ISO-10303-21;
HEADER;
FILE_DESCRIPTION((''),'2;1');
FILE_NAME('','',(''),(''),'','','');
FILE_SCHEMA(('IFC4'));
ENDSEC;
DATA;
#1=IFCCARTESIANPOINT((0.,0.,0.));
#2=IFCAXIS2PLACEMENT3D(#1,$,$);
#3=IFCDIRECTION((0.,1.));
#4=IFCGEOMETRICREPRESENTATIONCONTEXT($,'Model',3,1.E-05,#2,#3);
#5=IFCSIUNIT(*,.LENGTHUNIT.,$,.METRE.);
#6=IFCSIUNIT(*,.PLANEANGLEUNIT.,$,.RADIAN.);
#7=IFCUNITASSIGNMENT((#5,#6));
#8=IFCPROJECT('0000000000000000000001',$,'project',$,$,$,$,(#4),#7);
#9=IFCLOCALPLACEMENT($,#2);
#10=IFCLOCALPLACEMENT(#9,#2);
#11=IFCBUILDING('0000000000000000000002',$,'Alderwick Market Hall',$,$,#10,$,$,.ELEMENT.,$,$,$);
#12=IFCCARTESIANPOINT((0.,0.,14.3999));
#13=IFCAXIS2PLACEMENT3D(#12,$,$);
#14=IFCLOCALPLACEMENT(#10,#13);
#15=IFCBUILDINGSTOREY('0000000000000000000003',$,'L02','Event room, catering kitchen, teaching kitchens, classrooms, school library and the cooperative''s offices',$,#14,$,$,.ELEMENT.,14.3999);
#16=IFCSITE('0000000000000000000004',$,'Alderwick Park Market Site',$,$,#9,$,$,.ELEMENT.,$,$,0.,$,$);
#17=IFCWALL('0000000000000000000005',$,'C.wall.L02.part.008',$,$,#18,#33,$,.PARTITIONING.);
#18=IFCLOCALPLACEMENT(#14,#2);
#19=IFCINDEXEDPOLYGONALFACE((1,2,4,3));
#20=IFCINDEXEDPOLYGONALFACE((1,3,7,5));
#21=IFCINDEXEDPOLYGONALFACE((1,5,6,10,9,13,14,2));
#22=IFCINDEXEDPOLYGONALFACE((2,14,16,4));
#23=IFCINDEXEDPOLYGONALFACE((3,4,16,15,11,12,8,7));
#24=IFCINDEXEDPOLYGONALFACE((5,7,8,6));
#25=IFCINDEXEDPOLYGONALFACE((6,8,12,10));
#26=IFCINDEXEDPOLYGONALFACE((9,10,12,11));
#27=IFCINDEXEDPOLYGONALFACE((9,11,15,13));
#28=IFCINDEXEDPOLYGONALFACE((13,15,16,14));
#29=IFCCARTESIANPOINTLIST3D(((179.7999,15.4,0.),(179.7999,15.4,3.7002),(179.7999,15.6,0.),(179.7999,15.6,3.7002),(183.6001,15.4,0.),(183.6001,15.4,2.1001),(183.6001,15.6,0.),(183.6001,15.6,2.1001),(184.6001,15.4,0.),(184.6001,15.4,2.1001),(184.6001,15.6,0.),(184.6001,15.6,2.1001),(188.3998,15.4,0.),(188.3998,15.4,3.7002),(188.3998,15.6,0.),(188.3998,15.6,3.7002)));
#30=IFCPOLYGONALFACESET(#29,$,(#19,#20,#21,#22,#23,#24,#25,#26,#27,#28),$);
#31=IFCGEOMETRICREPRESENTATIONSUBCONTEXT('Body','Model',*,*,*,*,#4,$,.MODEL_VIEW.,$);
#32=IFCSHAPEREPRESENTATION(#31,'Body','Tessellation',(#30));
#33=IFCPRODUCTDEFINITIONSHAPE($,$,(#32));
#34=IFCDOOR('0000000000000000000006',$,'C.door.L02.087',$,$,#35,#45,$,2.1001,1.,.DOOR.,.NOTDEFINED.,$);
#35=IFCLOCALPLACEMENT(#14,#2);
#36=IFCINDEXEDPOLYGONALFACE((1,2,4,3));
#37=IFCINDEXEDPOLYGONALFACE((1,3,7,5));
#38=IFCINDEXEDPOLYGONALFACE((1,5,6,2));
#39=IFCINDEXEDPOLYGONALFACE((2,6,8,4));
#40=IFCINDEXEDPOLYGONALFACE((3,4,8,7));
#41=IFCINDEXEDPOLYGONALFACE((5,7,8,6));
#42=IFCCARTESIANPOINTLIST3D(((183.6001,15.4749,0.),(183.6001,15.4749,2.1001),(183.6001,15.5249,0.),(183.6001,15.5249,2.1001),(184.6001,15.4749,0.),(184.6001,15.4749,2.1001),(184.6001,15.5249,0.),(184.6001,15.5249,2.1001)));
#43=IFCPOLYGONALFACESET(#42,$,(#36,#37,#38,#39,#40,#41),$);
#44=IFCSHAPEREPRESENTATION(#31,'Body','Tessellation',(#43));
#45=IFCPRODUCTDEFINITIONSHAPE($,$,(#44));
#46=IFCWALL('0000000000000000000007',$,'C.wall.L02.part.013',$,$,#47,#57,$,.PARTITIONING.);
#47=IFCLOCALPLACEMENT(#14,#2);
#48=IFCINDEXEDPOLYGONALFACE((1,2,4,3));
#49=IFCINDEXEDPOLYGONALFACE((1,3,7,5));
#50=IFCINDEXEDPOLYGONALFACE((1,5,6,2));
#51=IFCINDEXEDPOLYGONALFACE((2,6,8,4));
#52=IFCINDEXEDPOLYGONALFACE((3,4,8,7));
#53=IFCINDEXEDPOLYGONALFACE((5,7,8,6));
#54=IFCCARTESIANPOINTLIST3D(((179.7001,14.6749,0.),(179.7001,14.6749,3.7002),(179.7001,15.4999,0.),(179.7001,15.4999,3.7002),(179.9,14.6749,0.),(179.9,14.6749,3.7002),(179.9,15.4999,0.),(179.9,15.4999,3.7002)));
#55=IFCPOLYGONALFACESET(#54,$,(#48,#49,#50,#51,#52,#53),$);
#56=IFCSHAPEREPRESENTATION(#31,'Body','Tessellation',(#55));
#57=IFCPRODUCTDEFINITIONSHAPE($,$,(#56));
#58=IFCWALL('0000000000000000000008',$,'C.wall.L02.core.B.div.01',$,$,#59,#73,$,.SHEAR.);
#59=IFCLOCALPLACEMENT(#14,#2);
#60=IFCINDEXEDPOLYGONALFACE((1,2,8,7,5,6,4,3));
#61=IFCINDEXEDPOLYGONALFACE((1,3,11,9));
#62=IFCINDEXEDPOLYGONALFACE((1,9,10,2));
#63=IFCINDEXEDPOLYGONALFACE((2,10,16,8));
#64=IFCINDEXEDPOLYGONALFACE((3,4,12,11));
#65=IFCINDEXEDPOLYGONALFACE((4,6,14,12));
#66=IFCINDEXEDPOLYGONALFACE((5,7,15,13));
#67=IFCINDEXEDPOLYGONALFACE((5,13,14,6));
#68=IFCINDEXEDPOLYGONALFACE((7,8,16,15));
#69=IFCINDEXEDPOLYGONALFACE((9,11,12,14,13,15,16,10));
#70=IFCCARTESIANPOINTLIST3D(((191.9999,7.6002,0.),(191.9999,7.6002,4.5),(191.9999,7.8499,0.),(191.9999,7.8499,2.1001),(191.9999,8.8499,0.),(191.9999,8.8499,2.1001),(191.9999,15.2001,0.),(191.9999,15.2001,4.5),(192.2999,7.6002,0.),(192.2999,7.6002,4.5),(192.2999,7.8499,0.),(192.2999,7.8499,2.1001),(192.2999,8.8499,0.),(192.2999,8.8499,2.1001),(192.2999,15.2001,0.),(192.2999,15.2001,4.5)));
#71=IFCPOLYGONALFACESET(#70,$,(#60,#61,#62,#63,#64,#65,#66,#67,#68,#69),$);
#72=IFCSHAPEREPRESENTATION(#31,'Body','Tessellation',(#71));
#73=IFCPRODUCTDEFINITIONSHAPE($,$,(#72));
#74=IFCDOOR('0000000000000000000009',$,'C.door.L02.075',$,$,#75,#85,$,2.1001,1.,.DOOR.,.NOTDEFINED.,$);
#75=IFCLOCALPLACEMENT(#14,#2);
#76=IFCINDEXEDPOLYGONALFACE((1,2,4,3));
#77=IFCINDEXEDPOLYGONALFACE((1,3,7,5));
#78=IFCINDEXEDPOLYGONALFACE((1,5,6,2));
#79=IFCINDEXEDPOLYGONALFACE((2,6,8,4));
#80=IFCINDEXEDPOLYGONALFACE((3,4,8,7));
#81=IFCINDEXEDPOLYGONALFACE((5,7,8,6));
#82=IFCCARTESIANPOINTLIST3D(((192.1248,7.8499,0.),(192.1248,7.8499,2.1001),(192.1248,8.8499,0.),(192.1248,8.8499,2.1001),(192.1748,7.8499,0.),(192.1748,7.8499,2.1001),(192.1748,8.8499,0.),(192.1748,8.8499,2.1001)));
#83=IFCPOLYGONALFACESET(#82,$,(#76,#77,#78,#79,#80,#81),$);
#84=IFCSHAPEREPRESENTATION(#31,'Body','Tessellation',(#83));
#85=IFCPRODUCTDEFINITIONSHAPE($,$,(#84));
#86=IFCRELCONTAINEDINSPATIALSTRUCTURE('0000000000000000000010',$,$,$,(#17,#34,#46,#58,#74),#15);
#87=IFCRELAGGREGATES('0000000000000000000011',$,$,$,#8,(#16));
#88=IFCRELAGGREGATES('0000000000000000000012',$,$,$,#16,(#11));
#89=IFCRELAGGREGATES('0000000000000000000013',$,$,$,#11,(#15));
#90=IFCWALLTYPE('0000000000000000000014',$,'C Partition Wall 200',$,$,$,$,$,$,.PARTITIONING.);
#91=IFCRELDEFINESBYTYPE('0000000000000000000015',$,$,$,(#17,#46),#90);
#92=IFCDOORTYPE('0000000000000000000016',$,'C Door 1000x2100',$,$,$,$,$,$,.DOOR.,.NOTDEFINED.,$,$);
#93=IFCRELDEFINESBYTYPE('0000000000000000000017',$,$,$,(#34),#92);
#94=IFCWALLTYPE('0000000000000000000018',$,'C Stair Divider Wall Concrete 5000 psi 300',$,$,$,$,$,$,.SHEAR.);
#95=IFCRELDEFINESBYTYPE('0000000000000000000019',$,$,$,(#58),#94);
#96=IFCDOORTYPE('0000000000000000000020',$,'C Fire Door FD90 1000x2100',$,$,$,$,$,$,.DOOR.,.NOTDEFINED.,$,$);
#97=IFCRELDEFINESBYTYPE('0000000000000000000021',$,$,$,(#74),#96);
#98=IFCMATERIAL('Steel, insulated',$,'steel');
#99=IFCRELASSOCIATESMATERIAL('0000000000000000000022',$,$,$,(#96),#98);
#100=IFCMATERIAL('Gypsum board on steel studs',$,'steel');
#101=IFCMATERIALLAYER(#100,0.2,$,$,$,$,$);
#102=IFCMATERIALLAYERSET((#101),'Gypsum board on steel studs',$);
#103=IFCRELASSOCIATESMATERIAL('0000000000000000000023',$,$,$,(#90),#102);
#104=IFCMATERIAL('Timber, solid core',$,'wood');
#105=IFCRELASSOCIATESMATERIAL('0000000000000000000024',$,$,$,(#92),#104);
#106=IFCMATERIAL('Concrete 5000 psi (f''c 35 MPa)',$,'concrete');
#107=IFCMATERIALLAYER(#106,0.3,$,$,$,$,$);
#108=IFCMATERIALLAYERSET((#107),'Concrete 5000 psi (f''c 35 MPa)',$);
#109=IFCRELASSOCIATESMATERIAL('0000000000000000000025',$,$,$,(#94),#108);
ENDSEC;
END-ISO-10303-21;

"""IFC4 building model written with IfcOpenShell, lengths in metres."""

from ifc_helpers import new_model, si_unit, direction, frame, frame_2d, origin, place, context, subcontext, project, spatial, rectangle, extrude, material, layer, layer_set, type_object, element, fill, save


model = new_model("IFC4")

# Units and contexts
model_context = context("Model", 3, precision=1e-05, world=origin(), true_north=direction((0.0, 1.0)))
body_context = subcontext(model_context, "Body", "Model", "MODEL_VIEW")
ifc_project = project(units=[si_unit("LENGTHUNIT", "METRE"), si_unit("PLANEANGLEUNIT", "RADIAN")], contexts=[model_context])

# Site, building, storey
site_placement = place(None, origin())
site = spatial("IfcSite", under=ifc_project, at=site_placement, Name="Alderwick Park Market Site", CompositionType="ELEMENT", RefElevation=0.0)
building_placement = place(site_placement, origin())
building = spatial("IfcBuilding", under=site, at=building_placement, Name="Alderwick Market Hall", CompositionType="ELEMENT")
storey_placement = place(building_placement, frame((0.0, 0.0, 14.3999)))
storey = spatial("IfcBuildingStorey", under=building, at=storey_placement, Name="L02", Description="Event room, catering kitchen, teaching kitchens, classrooms, school library and the cooperative's offices", CompositionType="ELEMENT", Elevation=14.3999)

# Shared definitions
ifc_material_1 = material(Name="Concrete 5000 psi (f'c 35 MPa)", Category="concrete")

# Shared definitions
ifc_material_2 = material(Name="Steel, insulated", Category="steel")

# Shared definitions
ifc_material_3 = material(Name="Gypsum board on steel studs", Category="steel")

# Wall, opening, door
door_type_1 = type_object("IfcDoorType", Name="C Fire Door FD90 1000x2100", OperationType="NOTDEFINED", PredefinedType="DOOR", material=ifc_material_2)
ifc_layer_1 = layer(ifc_material_3, 0.2)
ifc_layer_set_1 = layer_set([ifc_layer_1], Name="Gypsum board on steel studs")
wall_type_1 = type_object("IfcWallType", Name="C Partition Wall 200", PredefinedType="PARTITIONING", material=ifc_layer_set_1)
wall_1_placement = place(storey_placement, frame((179.8, 15.5, 0.0), z_axis=(0.0, 0.0, 1.0), x_axis=(1.0, 0.0, 0.0)))
wall_1 = element("IfcWall", 1, at=wall_1_placement, inside=storey, type_object=wall_type_1, Name="C.wall.L02.part.008", PredefinedType="PARTITIONING", context=body_context, shape_type="SweptSolid", body=[
    extrude(rectangle(XDim=8.5999, YDim=0.2, at=frame_2d((4.2998, 0.0))), origin(), (0.0, 0.0, 1.0), 3.7002),
])
opening_1_placement = place(wall_1_placement, frame((3.8, 0.0, 0.0)))
opening_1 = element("IfcOpeningElement", 2, at=opening_1_placement, cuts=wall_1, PredefinedType="OPENING", context=body_context, shape_type="SweptSolid", body=[
    extrude(rectangle(XDim=1.0, YDim=2.1001, at=frame_2d((0.5, 1.05))), frame((0.0, 0.1099, 0.0), z_axis=(0.0, -1.0, 0.0), x_axis=(1.0, 0.0, 0.0)), (0.0, 0.0, 1.0), 0.22),
])
ifc_material_4 = material(Name="Timber, solid core", Category="wood")
door_type_2 = type_object("IfcDoorType", Name="C Door 1000x2100", OperationType="NOTDEFINED", PredefinedType="DOOR", material=ifc_material_4)
door_1_placement = place(opening_1_placement, origin())
door_1 = element("IfcDoor", 3, at=door_1_placement, inside=storey, type_object=door_type_2, Name="C.door.L02.087", OperationType="NOTDEFINED", OverallHeight=2.1001, OverallWidth=1.0, PredefinedType="DOOR", context=body_context, shape_type="SweptSolid", body=[
    extrude(rectangle(XDim=1.0, YDim=2.1001, at=frame_2d((0.5, 1.05))), frame((0.0, 0.0249, 0.0), z_axis=(0.0, -1.0, 0.0), x_axis=(1.0, 0.0, 0.0)), (0.0, 0.0, 1.0), 0.05),
])
fill(opening_1, door_1)

# Wall
wall_2_placement = place(storey_placement, frame((179.8, 15.5, 0.0), z_axis=(0.0, 0.0, 1.0), x_axis=(0.0, -1.0, 0.0)))
element("IfcWall", 4, at=wall_2_placement, inside=storey, type_object=wall_type_1, Name="C.wall.L02.part.013", PredefinedType="PARTITIONING", context=body_context, shape_type="SweptSolid", body=[
    extrude(rectangle(XDim=0.825, YDim=0.2, at=frame_2d((0.4126, 0.0))), origin(), (0.0, 0.0, 1.0), 3.7002),
])

# Wall, opening, door
ifc_layer_2 = layer(ifc_material_1, 0.3)
ifc_layer_set_2 = layer_set([ifc_layer_2], Name="Concrete 5000 psi (f'c 35 MPa)")
wall_type_2 = type_object("IfcWallType", Name="C Stair Divider Wall Concrete 5000 psi 300", PredefinedType="SHEAR", material=ifc_layer_set_2)
wall_3_placement = place(storey_placement, frame((192.1499, 15.2, 0.0), z_axis=(0.0, 0.0, 1.0), x_axis=(0.0, -1.0, 0.0)))
wall_3 = element("IfcWall", 5, at=wall_3_placement, inside=storey, type_object=wall_type_2, Name="C.wall.L02.core.B.div.01", PredefinedType="SHEAR", context=body_context, shape_type="SweptSolid", body=[
    extrude(rectangle(XDim=7.5999, YDim=0.3, at=frame_2d((3.7998, 0.0))), origin(), (0.0, 0.0, 1.0), 4.5),
])
opening_2_placement = place(wall_3_placement, frame((6.3501, 0.0, 0.0)))
opening_2 = element("IfcOpeningElement", 6, at=opening_2_placement, cuts=wall_3, PredefinedType="OPENING", context=body_context, shape_type="SweptSolid", body=[
    extrude(rectangle(XDim=1.0, YDim=2.1001, at=frame_2d((0.5, 1.05))), frame((0.0, 0.1599, 0.0), z_axis=(0.0, -1.0, 0.0), x_axis=(1.0, 0.0, 0.0)), (0.0, 0.0, 1.0), 0.3201),
])
door_2_placement = place(opening_2_placement, origin())
door_2 = element("IfcDoor", 7, at=door_2_placement, inside=storey, type_object=door_type_1, Name="C.door.L02.075", OperationType="NOTDEFINED", OverallHeight=2.1001, OverallWidth=1.0, PredefinedType="DOOR", context=body_context, shape_type="SweptSolid", body=[
    extrude(rectangle(XDim=1.0, YDim=2.1001, at=frame_2d((0.5, 1.05))), frame((0.0, 0.0249, 0.0), z_axis=(0.0, -1.0, 0.0), x_axis=(1.0, 0.0, 0.0)), (0.0, 0.0, 1.0), 0.05),
])
fill(opening_2, door_2)

save(model, "model.ifc")
